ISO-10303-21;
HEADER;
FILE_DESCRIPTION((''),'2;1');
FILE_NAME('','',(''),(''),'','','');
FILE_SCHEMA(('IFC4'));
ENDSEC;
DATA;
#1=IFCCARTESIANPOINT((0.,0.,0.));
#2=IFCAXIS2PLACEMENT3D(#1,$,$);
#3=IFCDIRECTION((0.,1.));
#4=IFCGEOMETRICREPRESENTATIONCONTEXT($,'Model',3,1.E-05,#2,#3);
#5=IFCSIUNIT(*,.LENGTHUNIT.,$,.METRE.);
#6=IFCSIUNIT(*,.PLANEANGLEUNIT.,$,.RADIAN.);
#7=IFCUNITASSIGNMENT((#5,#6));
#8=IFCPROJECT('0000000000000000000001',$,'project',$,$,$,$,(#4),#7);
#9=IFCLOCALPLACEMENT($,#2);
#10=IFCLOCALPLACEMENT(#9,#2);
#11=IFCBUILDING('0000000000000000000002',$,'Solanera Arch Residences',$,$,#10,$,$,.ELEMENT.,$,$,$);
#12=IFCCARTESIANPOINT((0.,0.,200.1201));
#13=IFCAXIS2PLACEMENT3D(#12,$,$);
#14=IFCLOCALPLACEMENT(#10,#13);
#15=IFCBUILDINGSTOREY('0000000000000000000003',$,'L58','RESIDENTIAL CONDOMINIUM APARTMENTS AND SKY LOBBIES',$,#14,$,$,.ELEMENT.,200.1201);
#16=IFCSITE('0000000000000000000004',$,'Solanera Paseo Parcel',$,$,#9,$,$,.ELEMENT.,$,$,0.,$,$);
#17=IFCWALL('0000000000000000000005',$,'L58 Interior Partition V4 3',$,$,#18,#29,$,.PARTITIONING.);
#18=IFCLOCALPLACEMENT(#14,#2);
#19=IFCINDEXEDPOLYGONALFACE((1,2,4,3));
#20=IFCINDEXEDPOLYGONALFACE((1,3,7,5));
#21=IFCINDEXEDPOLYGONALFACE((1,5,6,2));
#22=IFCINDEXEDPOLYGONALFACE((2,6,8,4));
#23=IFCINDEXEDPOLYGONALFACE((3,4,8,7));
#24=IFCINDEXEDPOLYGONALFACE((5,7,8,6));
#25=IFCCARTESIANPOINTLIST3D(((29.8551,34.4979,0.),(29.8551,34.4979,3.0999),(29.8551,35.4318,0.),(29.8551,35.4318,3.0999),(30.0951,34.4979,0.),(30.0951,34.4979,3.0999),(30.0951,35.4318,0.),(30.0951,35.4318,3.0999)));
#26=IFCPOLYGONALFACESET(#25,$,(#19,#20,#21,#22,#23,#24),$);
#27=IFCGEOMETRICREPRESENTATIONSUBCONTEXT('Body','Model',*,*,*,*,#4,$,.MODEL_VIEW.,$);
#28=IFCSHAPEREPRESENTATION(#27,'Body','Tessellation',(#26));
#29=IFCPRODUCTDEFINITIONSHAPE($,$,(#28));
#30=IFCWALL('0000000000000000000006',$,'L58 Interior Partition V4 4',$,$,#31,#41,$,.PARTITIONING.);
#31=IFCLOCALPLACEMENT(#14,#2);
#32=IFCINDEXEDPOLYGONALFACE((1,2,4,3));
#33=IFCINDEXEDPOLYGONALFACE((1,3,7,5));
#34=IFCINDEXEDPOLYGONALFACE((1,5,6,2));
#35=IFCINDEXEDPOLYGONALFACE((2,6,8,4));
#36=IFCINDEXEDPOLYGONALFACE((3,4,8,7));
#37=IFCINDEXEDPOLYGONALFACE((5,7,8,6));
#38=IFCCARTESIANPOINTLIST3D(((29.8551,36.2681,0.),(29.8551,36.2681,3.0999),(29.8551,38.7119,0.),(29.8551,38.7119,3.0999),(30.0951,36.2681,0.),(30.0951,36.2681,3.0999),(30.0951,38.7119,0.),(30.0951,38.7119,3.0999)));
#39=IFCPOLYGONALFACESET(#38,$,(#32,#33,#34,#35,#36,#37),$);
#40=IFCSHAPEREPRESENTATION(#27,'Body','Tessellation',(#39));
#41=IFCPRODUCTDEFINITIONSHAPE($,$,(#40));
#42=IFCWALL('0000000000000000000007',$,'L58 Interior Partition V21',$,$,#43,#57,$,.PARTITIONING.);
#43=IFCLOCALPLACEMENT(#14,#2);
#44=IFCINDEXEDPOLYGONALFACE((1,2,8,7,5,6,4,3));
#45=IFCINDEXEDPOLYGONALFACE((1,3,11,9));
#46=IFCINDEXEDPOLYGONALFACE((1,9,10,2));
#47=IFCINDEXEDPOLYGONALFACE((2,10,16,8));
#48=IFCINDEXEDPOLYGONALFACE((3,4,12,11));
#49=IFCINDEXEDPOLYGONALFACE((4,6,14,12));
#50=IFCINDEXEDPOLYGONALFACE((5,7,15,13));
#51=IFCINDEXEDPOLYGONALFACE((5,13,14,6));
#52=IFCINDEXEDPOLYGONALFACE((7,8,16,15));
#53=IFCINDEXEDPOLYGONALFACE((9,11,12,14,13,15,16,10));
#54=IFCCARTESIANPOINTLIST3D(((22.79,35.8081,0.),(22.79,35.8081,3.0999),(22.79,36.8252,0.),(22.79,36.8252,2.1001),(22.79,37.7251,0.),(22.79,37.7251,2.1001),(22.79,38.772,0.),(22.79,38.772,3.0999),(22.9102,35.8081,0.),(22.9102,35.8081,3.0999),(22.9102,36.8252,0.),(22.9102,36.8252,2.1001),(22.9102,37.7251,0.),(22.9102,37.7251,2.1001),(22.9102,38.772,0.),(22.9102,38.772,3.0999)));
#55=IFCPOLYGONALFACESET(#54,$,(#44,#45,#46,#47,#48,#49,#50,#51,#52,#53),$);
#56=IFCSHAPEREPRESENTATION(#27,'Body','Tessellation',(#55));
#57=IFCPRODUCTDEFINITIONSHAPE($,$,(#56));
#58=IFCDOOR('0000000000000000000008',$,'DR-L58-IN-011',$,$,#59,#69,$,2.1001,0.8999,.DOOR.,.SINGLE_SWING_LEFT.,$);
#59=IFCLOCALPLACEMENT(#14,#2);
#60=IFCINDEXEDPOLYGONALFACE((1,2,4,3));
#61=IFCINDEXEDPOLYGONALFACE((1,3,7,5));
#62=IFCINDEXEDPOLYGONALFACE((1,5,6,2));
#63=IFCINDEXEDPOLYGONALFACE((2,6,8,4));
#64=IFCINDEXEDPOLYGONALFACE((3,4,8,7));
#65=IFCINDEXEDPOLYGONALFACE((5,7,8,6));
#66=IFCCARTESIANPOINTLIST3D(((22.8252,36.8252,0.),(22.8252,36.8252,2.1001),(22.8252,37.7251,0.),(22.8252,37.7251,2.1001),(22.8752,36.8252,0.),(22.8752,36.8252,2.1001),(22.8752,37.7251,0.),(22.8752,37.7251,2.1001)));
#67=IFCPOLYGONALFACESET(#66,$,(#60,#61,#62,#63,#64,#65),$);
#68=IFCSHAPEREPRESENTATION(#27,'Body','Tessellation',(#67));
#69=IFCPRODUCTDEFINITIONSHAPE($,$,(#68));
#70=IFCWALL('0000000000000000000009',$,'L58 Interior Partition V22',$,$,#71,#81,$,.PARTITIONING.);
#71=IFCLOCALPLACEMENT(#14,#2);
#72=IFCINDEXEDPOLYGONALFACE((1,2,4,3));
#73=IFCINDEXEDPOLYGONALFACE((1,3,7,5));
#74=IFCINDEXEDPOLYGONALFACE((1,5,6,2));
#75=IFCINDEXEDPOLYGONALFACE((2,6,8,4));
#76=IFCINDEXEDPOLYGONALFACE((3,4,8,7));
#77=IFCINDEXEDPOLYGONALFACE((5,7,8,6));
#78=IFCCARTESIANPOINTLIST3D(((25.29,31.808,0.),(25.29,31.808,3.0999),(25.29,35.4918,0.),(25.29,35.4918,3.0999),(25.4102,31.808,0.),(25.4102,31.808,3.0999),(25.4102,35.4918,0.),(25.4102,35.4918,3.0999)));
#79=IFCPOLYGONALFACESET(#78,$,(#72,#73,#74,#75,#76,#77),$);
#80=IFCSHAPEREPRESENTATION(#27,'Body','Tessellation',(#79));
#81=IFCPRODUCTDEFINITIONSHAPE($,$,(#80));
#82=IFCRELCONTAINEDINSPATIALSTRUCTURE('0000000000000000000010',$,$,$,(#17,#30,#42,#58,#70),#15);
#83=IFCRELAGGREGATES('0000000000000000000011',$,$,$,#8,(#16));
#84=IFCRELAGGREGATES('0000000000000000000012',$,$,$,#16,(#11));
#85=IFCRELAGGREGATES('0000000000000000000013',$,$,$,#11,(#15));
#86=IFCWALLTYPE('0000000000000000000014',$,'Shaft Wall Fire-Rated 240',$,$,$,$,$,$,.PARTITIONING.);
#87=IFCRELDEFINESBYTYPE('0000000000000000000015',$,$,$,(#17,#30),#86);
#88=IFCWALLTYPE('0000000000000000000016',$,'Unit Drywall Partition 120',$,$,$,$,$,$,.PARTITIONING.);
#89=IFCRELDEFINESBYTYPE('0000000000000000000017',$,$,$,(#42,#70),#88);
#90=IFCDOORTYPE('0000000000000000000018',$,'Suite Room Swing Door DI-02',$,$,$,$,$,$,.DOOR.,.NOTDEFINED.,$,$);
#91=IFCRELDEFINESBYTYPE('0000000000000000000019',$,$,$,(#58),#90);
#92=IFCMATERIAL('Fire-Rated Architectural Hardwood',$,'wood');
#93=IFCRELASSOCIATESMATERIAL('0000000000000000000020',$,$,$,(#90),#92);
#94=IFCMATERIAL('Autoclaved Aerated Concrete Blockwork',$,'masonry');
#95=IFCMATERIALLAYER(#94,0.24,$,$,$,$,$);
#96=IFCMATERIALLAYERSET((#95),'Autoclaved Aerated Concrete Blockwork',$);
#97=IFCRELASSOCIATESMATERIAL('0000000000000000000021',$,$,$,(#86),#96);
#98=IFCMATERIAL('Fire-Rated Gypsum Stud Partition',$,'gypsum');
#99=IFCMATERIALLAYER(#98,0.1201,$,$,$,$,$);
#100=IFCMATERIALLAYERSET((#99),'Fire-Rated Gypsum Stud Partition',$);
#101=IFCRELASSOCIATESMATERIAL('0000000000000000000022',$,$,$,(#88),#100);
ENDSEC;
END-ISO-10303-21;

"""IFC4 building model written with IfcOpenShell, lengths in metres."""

from ifc_helpers import new_model, si_unit, direction, frame, frame_2d, origin, place, context, subcontext, project, spatial, rectangle, extrude, material, layer, layer_set, type_object, element, fill, save


model = new_model("IFC4")

# Units and contexts
model_context = context("Model", 3, precision=1e-05, world=origin(), true_north=direction((0.0, 1.0)))
body_context = subcontext(model_context, "Body", "Model", "MODEL_VIEW")
ifc_project = project(units=[si_unit("LENGTHUNIT", "METRE"), si_unit("PLANEANGLEUNIT", "RADIAN")], contexts=[model_context])

# Site, building, storey
site_placement = place(None, origin())
site = spatial("IfcSite", under=ifc_project, at=site_placement, Name="Solanera Paseo Parcel", CompositionType="ELEMENT", RefElevation=0.0)
building_placement = place(site_placement, origin())
building = spatial("IfcBuilding", under=site, at=building_placement, Name="Solanera Arch Residences", CompositionType="ELEMENT")
storey_placement = place(building_placement, frame((0.0, 0.0, 200.1201)))
storey = spatial("IfcBuildingStorey", under=building, at=storey_placement, Name="L58", Description="RESIDENTIAL CONDOMINIUM APARTMENTS AND SKY LOBBIES", CompositionType="ELEMENT", Elevation=200.1201)

# Shared definitions
ifc_material_1 = material(Name="Fire-Rated Architectural Hardwood", Category="wood")
door_type_1 = type_object("IfcDoorType", Name="Suite Room Swing Door DI-02", OperationType="NOTDEFINED", PredefinedType="DOOR", material=ifc_material_1)
ifc_material_2 = material(Name="Autoclaved Aerated Concrete Blockwork", Category="masonry")
ifc_layer_1 = layer(ifc_material_2, 0.24)
ifc_layer_set_1 = layer_set([ifc_layer_1], Name="Autoclaved Aerated Concrete Blockwork")
wall_type_1 = type_object("IfcWallType", Name="Shaft Wall Fire-Rated 240", PredefinedType="PARTITIONING", material=ifc_layer_set_1)

# Walls
wall_1_placement = place(storey_placement, frame((29.9751, 34.498, 0.0), z_axis=(0.0, 0.0, 1.0), x_axis=(0.0, 1.0, 0.0)))
element("IfcWall", 1, at=wall_1_placement, inside=storey, type_object=wall_type_1, Name="L58 Interior Partition V4 3", PredefinedType="PARTITIONING", context=body_context, shape_type="SweptSolid", body=[
    extrude(rectangle(XDim=0.9338, YDim=0.24, at=frame_2d((0.4668, 0.0))), origin(), (0.0, 0.0, 1.0), 3.0999),
])
wall_2_placement = place(storey_placement, frame((29.9751, 36.2681, 0.0), z_axis=(0.0, 0.0, 1.0), x_axis=(0.0, 1.0, 0.0)))
element("IfcWall", 2, at=wall_2_placement, inside=storey, type_object=wall_type_1, Name="L58 Interior Partition V4 4", PredefinedType="PARTITIONING", context=body_context, shape_type="SweptSolid", body=[
    extrude(rectangle(XDim=2.4438, YDim=0.24, at=frame_2d((1.2219, 0.0))), origin(), (0.0, 0.0, 1.0), 3.0999),
])

# Wall, opening, door
ifc_material_3 = material(Name="Fire-Rated Gypsum Stud Partition", Category="gypsum")
ifc_layer_2 = layer(ifc_material_3, 0.1201)
ifc_layer_set_2 = layer_set([ifc_layer_2], Name="Fire-Rated Gypsum Stud Partition")
wall_type_2 = type_object("IfcWallType", Name="Unit Drywall Partition 120", PredefinedType="PARTITIONING", material=ifc_layer_set_2)
wall_3_placement = place(storey_placement, frame((22.8501, 35.8081, 0.0), z_axis=(0.0, 0.0, 1.0), x_axis=(0.0, 1.0, 0.0)))
wall_3 = element("IfcWall", 3, at=wall_3_placement, inside=storey, type_object=wall_type_2, Name="L58 Interior Partition V21", PredefinedType="PARTITIONING", context=body_context, shape_type="SweptSolid", body=[
    extrude(rectangle(XDim=2.9639, YDim=0.1201, at=frame_2d((1.4819, 0.0))), origin(), (0.0, 0.0, 1.0), 3.0999),
])
opening_1_placement = place(wall_3_placement, frame((1.0171, 0.0, 0.0)))
opening_1 = element("IfcOpeningElement", 4, at=opening_1_placement, cuts=wall_3, PredefinedType="OPENING", context=body_context, shape_type="SweptSolid", body=[
    extrude(rectangle(XDim=0.8999, YDim=2.1001, at=frame_2d((0.45, 1.05))), frame((0.0, 0.0701, 0.0), z_axis=(0.0, -1.0, 0.0), x_axis=(1.0, 0.0, 0.0)), (0.0, 0.0, 1.0), 0.1401),
])
door_1_placement = place(opening_1_placement, origin())
door_1 = element("IfcDoor", 5, at=door_1_placement, inside=storey, type_object=door_type_1, Name="DR-L58-IN-011", OperationType="SINGLE_SWING_LEFT", OverallHeight=2.1001, OverallWidth=0.8999, PredefinedType="DOOR", context=body_context, shape_type="SweptSolid", body=[
    extrude(rectangle(XDim=0.8999, YDim=2.1001, at=frame_2d((0.45, 1.05))), frame((0.0, 0.0249, 0.0), z_axis=(0.0, -1.0, 0.0), x_axis=(1.0, 0.0, 0.0)), (0.0, 0.0, 1.0), 0.05),
])
fill(opening_1, door_1)

# Wall
wall_4_placement = place(storey_placement, frame((25.3501, 31.8081, 0.0), z_axis=(0.0, 0.0, 1.0), x_axis=(0.0, 1.0, 0.0)))
element("IfcWall", 6, at=wall_4_placement, inside=storey, type_object=wall_type_2, Name="L58 Interior Partition V22", PredefinedType="PARTITIONING", context=body_context, shape_type="SweptSolid", body=[
    extrude(rectangle(XDim=3.6838, YDim=0.1201, at=frame_2d((1.8418, 0.0))), origin(), (0.0, 0.0, 1.0), 3.0999),
])

save(model, "model.ifc")
